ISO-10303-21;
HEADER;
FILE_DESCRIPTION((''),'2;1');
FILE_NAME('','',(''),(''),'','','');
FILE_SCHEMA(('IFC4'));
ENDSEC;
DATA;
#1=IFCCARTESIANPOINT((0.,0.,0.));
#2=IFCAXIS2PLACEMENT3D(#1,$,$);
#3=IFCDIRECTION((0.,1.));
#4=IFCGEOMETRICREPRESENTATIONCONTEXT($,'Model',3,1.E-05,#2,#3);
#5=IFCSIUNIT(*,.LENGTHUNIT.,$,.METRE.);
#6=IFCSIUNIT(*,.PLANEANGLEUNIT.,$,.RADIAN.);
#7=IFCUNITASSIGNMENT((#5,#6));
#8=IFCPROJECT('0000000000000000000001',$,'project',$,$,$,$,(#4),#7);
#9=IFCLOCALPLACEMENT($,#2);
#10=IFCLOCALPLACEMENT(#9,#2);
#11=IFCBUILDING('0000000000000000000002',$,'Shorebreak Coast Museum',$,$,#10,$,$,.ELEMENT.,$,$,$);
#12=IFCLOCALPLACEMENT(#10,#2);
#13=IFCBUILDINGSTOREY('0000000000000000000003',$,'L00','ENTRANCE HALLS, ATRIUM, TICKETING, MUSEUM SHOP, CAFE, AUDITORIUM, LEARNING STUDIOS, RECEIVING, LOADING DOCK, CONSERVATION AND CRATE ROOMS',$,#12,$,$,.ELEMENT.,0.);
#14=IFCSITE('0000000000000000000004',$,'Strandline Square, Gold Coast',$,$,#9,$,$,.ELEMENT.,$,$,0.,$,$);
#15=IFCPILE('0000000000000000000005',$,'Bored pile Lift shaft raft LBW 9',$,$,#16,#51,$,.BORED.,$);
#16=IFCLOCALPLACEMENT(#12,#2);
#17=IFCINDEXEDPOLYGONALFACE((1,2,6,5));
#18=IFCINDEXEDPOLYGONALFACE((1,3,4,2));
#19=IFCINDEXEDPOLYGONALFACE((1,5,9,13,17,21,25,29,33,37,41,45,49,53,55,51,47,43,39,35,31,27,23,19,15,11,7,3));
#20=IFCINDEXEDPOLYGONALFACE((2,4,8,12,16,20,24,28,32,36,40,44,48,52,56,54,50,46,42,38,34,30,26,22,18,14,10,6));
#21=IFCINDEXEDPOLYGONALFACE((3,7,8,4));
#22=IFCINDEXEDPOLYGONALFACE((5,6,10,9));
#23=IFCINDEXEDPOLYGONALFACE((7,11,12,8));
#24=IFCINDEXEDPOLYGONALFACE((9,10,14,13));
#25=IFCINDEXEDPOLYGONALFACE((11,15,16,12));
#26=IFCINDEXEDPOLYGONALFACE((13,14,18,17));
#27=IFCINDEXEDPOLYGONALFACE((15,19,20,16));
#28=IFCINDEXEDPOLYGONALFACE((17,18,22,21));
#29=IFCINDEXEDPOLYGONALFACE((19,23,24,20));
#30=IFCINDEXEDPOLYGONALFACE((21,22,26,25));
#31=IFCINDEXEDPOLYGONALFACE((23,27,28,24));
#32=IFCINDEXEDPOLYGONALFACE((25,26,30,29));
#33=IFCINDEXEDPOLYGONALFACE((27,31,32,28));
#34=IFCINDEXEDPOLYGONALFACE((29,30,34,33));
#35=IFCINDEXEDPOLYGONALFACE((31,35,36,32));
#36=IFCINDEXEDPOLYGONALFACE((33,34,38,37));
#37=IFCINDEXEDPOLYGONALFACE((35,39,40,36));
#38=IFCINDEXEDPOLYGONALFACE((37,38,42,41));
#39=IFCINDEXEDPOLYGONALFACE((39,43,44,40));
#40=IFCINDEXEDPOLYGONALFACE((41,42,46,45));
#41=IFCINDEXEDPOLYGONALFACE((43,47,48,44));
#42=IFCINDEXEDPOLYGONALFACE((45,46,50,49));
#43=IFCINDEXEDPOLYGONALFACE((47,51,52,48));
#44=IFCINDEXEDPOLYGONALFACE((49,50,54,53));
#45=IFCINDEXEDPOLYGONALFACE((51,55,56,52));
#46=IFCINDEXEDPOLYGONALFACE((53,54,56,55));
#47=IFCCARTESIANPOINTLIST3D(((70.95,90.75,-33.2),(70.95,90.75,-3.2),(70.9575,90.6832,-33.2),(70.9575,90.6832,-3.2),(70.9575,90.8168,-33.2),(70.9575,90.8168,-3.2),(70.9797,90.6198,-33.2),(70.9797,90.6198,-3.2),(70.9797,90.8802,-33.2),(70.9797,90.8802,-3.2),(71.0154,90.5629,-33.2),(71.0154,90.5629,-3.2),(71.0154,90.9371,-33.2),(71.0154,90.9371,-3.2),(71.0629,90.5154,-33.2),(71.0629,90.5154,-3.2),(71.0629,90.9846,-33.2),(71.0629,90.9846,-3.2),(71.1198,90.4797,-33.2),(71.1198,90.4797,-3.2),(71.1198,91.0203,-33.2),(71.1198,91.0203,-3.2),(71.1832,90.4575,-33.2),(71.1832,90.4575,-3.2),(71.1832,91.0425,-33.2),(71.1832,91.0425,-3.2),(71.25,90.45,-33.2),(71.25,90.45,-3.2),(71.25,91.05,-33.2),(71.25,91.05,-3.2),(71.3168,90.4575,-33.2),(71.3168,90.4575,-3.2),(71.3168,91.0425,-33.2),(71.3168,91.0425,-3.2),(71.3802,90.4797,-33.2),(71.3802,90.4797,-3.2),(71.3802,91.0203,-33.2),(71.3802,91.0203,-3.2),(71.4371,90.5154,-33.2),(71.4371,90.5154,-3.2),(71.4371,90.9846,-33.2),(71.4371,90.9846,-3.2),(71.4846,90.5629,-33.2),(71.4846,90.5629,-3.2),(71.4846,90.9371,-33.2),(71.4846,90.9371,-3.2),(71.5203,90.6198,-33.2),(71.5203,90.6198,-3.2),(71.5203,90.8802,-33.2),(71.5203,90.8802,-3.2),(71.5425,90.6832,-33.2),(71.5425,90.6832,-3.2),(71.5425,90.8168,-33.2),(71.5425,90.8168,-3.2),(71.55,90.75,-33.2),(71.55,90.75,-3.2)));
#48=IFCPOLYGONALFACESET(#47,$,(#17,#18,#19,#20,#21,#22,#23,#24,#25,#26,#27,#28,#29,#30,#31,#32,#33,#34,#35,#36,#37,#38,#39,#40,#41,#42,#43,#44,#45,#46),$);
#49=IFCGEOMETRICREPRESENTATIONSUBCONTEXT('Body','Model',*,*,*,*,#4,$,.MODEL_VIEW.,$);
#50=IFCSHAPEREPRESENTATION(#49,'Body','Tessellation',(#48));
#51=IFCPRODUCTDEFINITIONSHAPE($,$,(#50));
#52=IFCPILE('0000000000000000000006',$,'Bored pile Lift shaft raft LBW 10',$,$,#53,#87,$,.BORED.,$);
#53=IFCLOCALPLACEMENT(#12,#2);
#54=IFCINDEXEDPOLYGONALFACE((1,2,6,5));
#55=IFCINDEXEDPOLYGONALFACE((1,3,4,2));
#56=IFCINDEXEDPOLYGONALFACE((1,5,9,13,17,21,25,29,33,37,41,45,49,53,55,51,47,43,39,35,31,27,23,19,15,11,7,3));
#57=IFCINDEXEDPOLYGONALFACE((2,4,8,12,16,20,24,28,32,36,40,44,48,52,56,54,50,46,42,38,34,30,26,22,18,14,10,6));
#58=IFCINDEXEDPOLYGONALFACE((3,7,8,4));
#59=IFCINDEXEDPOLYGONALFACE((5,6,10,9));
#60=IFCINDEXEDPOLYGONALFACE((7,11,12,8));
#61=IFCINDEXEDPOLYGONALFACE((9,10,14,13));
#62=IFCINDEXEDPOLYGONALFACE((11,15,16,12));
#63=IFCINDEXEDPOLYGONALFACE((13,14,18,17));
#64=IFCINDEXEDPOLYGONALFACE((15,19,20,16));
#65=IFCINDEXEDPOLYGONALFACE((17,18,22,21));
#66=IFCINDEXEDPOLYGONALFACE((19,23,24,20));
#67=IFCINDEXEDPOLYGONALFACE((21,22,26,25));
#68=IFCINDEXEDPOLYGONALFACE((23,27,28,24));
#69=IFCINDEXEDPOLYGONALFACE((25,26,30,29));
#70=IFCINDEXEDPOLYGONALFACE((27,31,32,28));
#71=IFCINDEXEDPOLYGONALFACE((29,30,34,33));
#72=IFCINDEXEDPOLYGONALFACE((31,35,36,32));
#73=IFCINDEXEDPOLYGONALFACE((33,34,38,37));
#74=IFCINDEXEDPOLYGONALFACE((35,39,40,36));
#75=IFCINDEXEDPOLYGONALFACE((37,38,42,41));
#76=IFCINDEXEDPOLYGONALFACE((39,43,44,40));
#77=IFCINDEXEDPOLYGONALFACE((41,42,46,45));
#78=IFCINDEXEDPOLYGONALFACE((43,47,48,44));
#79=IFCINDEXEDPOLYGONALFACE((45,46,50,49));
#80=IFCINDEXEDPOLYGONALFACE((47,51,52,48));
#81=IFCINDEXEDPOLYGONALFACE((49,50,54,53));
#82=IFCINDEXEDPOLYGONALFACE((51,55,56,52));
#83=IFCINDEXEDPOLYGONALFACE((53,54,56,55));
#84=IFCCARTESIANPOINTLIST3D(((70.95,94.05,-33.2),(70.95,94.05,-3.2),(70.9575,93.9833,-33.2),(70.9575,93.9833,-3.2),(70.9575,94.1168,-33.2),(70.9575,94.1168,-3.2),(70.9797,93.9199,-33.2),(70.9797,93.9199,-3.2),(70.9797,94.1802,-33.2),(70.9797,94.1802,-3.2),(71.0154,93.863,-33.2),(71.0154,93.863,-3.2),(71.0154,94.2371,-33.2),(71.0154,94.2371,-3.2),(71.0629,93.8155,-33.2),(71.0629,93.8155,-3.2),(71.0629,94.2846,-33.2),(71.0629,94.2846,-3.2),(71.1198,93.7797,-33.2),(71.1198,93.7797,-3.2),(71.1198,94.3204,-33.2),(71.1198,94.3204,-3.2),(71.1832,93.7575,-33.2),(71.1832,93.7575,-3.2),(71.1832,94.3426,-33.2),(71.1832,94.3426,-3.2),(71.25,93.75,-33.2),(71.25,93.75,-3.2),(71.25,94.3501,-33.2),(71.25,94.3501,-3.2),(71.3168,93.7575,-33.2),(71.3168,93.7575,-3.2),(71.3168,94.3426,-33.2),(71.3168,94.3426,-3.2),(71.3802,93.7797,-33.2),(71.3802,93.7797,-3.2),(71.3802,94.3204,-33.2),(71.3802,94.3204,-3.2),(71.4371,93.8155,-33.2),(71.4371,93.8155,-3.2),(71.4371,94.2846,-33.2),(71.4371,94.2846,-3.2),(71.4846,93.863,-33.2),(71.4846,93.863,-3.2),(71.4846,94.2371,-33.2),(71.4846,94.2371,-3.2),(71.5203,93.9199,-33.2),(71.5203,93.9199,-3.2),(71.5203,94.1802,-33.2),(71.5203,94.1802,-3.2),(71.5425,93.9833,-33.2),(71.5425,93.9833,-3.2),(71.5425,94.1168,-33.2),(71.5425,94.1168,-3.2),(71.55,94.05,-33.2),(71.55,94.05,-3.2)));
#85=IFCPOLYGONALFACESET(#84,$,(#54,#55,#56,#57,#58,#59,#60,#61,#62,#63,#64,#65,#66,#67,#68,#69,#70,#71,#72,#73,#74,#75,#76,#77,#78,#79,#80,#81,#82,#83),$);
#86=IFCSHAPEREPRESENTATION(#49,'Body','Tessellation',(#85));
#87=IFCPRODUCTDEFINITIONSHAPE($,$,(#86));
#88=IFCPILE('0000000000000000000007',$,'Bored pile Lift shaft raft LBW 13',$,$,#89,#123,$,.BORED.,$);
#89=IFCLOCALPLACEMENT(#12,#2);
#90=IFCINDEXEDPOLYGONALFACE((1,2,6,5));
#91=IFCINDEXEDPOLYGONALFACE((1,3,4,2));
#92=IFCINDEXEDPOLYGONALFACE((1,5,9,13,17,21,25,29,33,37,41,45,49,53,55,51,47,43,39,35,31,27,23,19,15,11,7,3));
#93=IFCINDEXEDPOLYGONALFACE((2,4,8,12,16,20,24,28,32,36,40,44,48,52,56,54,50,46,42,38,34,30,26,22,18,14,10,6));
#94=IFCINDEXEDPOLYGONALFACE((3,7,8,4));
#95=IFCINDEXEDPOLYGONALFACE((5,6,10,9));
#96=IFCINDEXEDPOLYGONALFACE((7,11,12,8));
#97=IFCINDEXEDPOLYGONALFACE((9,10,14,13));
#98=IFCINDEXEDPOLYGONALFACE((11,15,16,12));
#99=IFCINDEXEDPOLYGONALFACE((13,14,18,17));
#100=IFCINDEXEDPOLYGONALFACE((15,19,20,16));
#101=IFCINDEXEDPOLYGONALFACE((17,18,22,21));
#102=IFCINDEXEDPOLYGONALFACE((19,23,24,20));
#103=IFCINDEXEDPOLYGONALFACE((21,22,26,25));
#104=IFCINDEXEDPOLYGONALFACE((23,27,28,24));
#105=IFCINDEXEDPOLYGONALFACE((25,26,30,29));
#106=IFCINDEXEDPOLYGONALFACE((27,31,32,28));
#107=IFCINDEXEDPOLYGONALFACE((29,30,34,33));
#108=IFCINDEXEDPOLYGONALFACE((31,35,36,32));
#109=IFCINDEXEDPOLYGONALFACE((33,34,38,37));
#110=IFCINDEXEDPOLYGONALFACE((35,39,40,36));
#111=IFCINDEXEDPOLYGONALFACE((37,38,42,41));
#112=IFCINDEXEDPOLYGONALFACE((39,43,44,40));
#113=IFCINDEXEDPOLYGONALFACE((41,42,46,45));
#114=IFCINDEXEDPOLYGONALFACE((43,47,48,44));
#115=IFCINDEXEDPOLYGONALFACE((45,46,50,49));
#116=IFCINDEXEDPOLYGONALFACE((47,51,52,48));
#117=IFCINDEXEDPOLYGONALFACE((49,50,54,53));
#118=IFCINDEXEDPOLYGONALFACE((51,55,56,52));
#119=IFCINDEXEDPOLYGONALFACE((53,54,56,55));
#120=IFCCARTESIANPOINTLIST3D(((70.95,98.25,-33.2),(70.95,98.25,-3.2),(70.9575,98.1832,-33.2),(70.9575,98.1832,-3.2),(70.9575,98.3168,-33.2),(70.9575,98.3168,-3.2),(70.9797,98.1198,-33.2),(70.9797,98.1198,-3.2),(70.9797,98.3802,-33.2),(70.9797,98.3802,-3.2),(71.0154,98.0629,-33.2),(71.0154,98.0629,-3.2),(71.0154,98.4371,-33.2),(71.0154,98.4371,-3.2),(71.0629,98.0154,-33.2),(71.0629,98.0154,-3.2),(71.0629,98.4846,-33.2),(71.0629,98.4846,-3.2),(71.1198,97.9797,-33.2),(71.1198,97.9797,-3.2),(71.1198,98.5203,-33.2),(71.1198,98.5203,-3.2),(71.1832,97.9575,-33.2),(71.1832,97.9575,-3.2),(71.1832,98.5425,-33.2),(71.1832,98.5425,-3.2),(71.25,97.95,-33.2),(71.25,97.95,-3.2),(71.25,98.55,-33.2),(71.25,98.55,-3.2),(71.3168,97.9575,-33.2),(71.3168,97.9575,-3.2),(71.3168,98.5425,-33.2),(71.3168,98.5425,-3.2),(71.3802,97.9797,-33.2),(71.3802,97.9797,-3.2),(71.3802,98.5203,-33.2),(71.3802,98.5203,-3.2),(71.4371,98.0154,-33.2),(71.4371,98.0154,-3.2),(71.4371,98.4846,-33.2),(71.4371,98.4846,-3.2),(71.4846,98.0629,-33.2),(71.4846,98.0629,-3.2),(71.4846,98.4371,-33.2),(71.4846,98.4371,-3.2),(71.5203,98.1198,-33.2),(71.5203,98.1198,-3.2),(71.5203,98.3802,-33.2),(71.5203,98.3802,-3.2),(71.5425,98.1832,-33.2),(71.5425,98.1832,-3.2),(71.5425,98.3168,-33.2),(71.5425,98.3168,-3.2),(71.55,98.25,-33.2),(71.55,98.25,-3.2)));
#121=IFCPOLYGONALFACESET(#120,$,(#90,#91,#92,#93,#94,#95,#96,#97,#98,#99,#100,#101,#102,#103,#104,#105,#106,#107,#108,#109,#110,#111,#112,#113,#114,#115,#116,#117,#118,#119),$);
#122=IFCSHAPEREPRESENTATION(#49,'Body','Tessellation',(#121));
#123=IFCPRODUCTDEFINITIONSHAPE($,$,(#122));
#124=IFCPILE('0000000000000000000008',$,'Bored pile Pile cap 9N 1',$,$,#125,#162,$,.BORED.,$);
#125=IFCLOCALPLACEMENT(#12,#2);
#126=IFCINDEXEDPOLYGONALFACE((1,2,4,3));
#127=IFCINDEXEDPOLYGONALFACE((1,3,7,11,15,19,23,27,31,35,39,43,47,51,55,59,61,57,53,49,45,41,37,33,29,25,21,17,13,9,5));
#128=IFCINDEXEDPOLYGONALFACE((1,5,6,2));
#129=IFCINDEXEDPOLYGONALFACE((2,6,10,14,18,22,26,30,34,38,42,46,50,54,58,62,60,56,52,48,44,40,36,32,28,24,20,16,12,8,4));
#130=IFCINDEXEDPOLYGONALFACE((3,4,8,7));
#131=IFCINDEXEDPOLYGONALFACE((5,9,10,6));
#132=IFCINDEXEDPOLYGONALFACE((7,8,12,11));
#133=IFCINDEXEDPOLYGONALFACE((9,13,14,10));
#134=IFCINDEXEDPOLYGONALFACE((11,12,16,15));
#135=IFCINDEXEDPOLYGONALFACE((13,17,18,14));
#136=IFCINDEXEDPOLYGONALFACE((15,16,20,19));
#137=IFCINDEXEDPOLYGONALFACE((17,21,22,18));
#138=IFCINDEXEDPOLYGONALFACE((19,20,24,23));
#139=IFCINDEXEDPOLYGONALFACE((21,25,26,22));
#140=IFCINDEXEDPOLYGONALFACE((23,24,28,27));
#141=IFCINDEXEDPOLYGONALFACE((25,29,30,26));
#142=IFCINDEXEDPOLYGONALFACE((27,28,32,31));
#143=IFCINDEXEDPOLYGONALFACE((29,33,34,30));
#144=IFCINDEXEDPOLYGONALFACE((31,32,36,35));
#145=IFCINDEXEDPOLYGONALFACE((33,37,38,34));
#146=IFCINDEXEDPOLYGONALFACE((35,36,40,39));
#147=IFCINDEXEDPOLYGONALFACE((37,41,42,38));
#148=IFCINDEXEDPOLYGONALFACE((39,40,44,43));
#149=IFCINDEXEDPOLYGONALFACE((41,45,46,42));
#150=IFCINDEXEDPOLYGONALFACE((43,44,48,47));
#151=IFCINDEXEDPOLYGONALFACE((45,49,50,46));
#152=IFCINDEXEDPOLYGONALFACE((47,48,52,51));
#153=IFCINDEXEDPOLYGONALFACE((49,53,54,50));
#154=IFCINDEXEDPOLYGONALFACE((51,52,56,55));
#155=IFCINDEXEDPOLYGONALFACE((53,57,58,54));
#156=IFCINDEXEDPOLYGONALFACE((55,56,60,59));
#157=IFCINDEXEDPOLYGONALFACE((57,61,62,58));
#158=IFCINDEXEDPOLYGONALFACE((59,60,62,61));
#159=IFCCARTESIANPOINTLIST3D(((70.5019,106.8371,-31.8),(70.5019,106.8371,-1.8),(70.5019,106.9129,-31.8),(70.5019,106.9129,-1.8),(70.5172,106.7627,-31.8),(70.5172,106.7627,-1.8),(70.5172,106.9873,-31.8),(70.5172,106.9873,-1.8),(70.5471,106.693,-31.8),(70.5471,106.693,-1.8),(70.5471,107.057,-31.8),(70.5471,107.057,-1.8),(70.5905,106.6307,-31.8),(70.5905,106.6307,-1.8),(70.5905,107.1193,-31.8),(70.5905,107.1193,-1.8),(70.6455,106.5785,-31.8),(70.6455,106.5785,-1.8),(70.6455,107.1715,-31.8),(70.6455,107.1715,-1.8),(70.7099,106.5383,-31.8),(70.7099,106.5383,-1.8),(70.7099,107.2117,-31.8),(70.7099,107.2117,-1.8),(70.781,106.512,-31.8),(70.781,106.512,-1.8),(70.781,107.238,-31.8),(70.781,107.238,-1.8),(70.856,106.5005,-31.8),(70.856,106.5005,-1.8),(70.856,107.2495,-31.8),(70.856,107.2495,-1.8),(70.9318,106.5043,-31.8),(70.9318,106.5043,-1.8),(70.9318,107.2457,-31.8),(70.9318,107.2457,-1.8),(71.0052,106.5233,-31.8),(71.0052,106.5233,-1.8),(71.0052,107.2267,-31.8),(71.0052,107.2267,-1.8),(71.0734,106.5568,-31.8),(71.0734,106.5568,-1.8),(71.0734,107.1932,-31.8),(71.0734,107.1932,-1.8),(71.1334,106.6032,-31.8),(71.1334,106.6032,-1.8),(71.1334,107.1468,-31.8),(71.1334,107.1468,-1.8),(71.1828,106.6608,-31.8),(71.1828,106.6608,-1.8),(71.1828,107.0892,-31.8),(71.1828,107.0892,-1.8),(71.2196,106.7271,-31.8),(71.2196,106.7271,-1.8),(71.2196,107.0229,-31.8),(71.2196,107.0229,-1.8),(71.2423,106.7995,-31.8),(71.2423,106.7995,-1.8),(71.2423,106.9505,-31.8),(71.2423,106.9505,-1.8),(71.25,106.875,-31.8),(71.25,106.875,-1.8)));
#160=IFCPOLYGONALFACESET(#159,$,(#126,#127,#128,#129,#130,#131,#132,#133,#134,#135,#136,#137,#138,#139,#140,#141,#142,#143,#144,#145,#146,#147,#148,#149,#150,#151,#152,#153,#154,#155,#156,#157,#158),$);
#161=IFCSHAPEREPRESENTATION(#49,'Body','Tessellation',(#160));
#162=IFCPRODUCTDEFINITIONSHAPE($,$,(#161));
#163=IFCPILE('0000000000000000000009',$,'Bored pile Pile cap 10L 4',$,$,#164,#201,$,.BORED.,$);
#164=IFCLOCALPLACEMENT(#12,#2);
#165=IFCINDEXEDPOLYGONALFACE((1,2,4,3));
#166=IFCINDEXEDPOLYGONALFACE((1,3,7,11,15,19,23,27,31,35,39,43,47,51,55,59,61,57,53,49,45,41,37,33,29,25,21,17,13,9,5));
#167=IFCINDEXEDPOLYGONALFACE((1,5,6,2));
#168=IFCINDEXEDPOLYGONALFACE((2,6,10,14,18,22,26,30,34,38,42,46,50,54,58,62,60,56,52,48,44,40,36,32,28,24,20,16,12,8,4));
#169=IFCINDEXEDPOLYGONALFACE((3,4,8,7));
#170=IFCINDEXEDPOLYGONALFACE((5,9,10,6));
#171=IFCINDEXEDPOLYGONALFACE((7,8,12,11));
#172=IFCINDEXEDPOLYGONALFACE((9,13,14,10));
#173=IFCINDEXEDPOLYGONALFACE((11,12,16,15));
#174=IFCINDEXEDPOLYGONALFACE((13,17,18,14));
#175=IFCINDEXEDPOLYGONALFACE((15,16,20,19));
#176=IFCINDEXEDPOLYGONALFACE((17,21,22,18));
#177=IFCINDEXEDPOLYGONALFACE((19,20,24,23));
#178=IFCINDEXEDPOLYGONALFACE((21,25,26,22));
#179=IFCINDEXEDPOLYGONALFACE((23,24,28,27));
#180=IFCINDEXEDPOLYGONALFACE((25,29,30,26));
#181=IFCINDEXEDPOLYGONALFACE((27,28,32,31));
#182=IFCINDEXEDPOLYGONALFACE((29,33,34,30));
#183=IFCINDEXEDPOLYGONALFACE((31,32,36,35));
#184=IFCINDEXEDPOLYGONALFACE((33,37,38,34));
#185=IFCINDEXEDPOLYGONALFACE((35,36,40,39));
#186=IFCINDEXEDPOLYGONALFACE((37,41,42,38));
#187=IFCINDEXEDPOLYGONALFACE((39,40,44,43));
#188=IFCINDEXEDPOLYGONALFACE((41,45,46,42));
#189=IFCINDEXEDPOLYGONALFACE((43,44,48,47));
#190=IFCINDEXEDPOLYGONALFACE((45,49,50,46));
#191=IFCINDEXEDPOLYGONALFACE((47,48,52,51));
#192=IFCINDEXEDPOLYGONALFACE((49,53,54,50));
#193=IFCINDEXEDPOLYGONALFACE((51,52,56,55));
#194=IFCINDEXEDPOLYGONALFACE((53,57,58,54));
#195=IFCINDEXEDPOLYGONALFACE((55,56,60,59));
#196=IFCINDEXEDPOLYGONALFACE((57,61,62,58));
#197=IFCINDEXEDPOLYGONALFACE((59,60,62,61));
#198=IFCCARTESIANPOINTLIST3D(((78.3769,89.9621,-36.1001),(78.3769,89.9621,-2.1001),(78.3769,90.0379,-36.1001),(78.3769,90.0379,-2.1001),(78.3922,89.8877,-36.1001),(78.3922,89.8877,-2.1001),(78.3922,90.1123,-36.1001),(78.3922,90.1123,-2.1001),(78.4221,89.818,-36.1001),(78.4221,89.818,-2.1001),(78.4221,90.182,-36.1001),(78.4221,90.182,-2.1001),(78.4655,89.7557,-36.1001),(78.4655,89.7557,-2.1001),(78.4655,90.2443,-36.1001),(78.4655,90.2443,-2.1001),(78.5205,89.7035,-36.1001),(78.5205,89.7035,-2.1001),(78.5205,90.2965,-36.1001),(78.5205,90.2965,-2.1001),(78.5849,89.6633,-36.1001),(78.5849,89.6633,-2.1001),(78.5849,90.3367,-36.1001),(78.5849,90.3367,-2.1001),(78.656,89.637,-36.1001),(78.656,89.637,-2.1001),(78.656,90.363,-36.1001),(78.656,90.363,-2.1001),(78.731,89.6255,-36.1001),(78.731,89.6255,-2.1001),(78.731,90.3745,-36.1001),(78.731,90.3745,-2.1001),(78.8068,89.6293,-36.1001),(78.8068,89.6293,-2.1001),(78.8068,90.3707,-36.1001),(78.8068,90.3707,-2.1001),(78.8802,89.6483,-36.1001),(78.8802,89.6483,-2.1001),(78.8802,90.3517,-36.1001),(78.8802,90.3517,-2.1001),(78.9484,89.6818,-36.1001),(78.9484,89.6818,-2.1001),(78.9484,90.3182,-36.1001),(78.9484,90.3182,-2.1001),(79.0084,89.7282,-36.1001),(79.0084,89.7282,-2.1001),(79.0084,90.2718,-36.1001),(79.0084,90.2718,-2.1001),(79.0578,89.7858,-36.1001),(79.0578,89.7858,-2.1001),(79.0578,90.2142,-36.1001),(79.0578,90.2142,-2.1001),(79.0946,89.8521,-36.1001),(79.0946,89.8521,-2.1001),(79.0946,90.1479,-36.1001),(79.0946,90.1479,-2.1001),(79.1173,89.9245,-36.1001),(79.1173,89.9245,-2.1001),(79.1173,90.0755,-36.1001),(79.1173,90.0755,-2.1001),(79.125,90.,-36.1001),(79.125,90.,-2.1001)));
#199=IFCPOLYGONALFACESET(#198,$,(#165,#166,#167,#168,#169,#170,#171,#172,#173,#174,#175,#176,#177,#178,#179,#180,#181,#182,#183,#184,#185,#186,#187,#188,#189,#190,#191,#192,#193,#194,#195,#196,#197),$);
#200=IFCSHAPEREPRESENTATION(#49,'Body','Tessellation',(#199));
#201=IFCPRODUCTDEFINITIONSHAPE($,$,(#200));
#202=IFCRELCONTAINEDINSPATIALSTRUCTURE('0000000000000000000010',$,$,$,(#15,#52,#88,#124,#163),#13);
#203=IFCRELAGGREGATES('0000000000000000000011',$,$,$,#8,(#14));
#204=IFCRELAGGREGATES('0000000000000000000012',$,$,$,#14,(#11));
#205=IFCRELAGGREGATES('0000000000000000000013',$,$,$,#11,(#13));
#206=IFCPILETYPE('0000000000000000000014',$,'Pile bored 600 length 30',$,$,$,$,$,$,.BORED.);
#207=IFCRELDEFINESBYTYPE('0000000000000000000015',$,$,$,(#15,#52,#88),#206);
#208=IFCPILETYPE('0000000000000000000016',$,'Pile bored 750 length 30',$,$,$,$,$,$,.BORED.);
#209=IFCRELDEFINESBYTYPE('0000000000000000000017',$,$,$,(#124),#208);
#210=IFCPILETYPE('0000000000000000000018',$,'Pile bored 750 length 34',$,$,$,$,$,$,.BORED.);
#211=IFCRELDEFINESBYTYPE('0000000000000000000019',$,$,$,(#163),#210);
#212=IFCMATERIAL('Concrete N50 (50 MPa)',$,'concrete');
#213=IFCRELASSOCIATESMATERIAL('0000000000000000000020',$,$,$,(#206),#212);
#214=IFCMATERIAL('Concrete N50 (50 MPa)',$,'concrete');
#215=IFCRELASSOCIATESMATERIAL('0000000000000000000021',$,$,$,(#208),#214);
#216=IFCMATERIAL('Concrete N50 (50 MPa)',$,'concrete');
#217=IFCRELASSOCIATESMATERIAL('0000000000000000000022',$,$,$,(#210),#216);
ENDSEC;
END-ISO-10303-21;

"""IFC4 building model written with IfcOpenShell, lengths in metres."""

from ifc_helpers import new_model, si_unit, direction, frame, origin, origin_2d, place, context, subcontext, project, spatial, circle, extrude, material, material_profile, profile_set, type_object, element, save


model = new_model("IFC4")

# Units and contexts
model_context = context("Model", 3, precision=1e-05, world=origin(), true_north=direction((0.0, 1.0)))
body_context = subcontext(model_context, "Body", "Model", "MODEL_VIEW")
ifc_project = project(units=[si_unit("LENGTHUNIT", "METRE"), si_unit("PLANEANGLEUNIT", "RADIAN")], contexts=[model_context])

# Site, building, storey
site_placement = place(None, origin())
site = spatial("IfcSite", under=ifc_project, at=site_placement, Name="Strandline Square, Gold Coast", CompositionType="ELEMENT", RefElevation=0.0)
building_placement = place(site_placement, origin())
building = spatial("IfcBuilding", under=site, at=building_placement, Name="Shorebreak Coast Museum", CompositionType="ELEMENT")
storey_placement = place(building_placement, origin())
storey = spatial("IfcBuildingStorey", under=building, at=storey_placement, Name="L00", Description="ENTRANCE HALLS, ATRIUM, TICKETING, MUSEUM SHOP, CAFE, AUDITORIUM, LEARNING STUDIOS, RECEIVING, LOADING DOCK, CONSERVATION AND CRATE ROOMS", CompositionType="ELEMENT", Elevation=0.0)

# Piles
ifc_material_1 = material(Name="Concrete N50 (50 MPa)", Category="concrete")
ifc_material_profile_1 = material_profile(ifc_material_1, circle(Radius=0.3, at=origin_2d()), Name="Pile bored 600 length 30")
ifc_profile_set_1 = profile_set([ifc_material_profile_1], Name="Concrete N50 (50 MPa)")
pile_type_1 = type_object("IfcPileType", Name="Pile bored 600 length 30", PredefinedType="BORED", material=ifc_profile_set_1)
for number, where, z_axis, x_axis, name in (
    (1, (71.25, 90.75, -3.2), (0.0, 0.0, -1.0), (1.0, 0.0, 0.0), "Bored pile Lift shaft raft LBW 9"),
    (2, (71.25, 94.05, -3.2), (0.0, 0.0, -1.0), (1.0, 0.0, 0.0), "Bored pile Lift shaft raft LBW 10"),
    (3, (71.25, 98.25, -3.2), (0.0, 0.0, -1.0), (1.0, 0.0, 0.0), "Bored pile Lift shaft raft LBW 13"),
):
    element("IfcPile", number, at=place(storey_placement, frame(where, z_axis=z_axis, x_axis=x_axis)), inside=storey, type_object=pile_type_1, Name=name, PredefinedType="BORED", context=body_context, shape_type="SweptSolid", body=[
        extrude(circle(Radius=0.3, at=origin_2d()), origin(), (0.0, 0.0, 1.0), 30.0),
    ])
ifc_material_2 = material(Name="Concrete N50 (50 MPa)", Category="concrete")
ifc_material_profile_2 = material_profile(ifc_material_2, circle(Radius=0.375, at=origin_2d()), Name="Pile bored 750 length 30")
ifc_profile_set_2 = profile_set([ifc_material_profile_2], Name="Concrete N50 (50 MPa)")
pile_type_2 = type_object("IfcPileType", Name="Pile bored 750 length 30", PredefinedType="BORED", material=ifc_profile_set_2)
pile_placement = place(storey_placement, frame((70.875, 106.875, -1.8), z_axis=(0.0, 0.0, -1.0), x_axis=(1.0, 0.0, 0.0)))
element("IfcPile", 4, at=pile_placement, inside=storey, type_object=pile_type_2, Name="Bored pile Pile cap 9N 1", PredefinedType="BORED", context=body_context, shape_type="SweptSolid", body=[
    extrude(circle(Radius=0.375, at=origin_2d()), origin(), (0.0, 0.0, 1.0), 30.0),
])
ifc_material_3 = material(Name="Concrete N50 (50 MPa)", Category="concrete")
ifc_material_profile_3 = material_profile(ifc_material_3, circle(Radius=0.375, at=origin_2d()), Name="Pile bored 750 length 34")
ifc_profile_set_3 = profile_set([ifc_material_profile_3], Name="Concrete N50 (50 MPa)")
pile_type_3 = type_object("IfcPileType", Name="Pile bored 750 length 34", PredefinedType="BORED", material=ifc_profile_set_3)
for number, where, z_axis, x_axis, name in (
    (5, (78.75, 90.0, -2.1001), (0.0, 0.0, -1.0), (1.0, 0.0, 0.0), "Bored pile Pile cap 10L 4"),
):
    element("IfcPile", number, at=place(storey_placement, frame(where, z_axis=z_axis, x_axis=x_axis)), inside=storey, type_object=pile_type_3, Name=name, PredefinedType="BORED", context=body_context, shape_type="SweptSolid", body=[
        extrude(circle(Radius=0.375, at=origin_2d()), origin(), (0.0, 0.0, 1.0), 34.0),
    ])

save(model, "model.ifc")
